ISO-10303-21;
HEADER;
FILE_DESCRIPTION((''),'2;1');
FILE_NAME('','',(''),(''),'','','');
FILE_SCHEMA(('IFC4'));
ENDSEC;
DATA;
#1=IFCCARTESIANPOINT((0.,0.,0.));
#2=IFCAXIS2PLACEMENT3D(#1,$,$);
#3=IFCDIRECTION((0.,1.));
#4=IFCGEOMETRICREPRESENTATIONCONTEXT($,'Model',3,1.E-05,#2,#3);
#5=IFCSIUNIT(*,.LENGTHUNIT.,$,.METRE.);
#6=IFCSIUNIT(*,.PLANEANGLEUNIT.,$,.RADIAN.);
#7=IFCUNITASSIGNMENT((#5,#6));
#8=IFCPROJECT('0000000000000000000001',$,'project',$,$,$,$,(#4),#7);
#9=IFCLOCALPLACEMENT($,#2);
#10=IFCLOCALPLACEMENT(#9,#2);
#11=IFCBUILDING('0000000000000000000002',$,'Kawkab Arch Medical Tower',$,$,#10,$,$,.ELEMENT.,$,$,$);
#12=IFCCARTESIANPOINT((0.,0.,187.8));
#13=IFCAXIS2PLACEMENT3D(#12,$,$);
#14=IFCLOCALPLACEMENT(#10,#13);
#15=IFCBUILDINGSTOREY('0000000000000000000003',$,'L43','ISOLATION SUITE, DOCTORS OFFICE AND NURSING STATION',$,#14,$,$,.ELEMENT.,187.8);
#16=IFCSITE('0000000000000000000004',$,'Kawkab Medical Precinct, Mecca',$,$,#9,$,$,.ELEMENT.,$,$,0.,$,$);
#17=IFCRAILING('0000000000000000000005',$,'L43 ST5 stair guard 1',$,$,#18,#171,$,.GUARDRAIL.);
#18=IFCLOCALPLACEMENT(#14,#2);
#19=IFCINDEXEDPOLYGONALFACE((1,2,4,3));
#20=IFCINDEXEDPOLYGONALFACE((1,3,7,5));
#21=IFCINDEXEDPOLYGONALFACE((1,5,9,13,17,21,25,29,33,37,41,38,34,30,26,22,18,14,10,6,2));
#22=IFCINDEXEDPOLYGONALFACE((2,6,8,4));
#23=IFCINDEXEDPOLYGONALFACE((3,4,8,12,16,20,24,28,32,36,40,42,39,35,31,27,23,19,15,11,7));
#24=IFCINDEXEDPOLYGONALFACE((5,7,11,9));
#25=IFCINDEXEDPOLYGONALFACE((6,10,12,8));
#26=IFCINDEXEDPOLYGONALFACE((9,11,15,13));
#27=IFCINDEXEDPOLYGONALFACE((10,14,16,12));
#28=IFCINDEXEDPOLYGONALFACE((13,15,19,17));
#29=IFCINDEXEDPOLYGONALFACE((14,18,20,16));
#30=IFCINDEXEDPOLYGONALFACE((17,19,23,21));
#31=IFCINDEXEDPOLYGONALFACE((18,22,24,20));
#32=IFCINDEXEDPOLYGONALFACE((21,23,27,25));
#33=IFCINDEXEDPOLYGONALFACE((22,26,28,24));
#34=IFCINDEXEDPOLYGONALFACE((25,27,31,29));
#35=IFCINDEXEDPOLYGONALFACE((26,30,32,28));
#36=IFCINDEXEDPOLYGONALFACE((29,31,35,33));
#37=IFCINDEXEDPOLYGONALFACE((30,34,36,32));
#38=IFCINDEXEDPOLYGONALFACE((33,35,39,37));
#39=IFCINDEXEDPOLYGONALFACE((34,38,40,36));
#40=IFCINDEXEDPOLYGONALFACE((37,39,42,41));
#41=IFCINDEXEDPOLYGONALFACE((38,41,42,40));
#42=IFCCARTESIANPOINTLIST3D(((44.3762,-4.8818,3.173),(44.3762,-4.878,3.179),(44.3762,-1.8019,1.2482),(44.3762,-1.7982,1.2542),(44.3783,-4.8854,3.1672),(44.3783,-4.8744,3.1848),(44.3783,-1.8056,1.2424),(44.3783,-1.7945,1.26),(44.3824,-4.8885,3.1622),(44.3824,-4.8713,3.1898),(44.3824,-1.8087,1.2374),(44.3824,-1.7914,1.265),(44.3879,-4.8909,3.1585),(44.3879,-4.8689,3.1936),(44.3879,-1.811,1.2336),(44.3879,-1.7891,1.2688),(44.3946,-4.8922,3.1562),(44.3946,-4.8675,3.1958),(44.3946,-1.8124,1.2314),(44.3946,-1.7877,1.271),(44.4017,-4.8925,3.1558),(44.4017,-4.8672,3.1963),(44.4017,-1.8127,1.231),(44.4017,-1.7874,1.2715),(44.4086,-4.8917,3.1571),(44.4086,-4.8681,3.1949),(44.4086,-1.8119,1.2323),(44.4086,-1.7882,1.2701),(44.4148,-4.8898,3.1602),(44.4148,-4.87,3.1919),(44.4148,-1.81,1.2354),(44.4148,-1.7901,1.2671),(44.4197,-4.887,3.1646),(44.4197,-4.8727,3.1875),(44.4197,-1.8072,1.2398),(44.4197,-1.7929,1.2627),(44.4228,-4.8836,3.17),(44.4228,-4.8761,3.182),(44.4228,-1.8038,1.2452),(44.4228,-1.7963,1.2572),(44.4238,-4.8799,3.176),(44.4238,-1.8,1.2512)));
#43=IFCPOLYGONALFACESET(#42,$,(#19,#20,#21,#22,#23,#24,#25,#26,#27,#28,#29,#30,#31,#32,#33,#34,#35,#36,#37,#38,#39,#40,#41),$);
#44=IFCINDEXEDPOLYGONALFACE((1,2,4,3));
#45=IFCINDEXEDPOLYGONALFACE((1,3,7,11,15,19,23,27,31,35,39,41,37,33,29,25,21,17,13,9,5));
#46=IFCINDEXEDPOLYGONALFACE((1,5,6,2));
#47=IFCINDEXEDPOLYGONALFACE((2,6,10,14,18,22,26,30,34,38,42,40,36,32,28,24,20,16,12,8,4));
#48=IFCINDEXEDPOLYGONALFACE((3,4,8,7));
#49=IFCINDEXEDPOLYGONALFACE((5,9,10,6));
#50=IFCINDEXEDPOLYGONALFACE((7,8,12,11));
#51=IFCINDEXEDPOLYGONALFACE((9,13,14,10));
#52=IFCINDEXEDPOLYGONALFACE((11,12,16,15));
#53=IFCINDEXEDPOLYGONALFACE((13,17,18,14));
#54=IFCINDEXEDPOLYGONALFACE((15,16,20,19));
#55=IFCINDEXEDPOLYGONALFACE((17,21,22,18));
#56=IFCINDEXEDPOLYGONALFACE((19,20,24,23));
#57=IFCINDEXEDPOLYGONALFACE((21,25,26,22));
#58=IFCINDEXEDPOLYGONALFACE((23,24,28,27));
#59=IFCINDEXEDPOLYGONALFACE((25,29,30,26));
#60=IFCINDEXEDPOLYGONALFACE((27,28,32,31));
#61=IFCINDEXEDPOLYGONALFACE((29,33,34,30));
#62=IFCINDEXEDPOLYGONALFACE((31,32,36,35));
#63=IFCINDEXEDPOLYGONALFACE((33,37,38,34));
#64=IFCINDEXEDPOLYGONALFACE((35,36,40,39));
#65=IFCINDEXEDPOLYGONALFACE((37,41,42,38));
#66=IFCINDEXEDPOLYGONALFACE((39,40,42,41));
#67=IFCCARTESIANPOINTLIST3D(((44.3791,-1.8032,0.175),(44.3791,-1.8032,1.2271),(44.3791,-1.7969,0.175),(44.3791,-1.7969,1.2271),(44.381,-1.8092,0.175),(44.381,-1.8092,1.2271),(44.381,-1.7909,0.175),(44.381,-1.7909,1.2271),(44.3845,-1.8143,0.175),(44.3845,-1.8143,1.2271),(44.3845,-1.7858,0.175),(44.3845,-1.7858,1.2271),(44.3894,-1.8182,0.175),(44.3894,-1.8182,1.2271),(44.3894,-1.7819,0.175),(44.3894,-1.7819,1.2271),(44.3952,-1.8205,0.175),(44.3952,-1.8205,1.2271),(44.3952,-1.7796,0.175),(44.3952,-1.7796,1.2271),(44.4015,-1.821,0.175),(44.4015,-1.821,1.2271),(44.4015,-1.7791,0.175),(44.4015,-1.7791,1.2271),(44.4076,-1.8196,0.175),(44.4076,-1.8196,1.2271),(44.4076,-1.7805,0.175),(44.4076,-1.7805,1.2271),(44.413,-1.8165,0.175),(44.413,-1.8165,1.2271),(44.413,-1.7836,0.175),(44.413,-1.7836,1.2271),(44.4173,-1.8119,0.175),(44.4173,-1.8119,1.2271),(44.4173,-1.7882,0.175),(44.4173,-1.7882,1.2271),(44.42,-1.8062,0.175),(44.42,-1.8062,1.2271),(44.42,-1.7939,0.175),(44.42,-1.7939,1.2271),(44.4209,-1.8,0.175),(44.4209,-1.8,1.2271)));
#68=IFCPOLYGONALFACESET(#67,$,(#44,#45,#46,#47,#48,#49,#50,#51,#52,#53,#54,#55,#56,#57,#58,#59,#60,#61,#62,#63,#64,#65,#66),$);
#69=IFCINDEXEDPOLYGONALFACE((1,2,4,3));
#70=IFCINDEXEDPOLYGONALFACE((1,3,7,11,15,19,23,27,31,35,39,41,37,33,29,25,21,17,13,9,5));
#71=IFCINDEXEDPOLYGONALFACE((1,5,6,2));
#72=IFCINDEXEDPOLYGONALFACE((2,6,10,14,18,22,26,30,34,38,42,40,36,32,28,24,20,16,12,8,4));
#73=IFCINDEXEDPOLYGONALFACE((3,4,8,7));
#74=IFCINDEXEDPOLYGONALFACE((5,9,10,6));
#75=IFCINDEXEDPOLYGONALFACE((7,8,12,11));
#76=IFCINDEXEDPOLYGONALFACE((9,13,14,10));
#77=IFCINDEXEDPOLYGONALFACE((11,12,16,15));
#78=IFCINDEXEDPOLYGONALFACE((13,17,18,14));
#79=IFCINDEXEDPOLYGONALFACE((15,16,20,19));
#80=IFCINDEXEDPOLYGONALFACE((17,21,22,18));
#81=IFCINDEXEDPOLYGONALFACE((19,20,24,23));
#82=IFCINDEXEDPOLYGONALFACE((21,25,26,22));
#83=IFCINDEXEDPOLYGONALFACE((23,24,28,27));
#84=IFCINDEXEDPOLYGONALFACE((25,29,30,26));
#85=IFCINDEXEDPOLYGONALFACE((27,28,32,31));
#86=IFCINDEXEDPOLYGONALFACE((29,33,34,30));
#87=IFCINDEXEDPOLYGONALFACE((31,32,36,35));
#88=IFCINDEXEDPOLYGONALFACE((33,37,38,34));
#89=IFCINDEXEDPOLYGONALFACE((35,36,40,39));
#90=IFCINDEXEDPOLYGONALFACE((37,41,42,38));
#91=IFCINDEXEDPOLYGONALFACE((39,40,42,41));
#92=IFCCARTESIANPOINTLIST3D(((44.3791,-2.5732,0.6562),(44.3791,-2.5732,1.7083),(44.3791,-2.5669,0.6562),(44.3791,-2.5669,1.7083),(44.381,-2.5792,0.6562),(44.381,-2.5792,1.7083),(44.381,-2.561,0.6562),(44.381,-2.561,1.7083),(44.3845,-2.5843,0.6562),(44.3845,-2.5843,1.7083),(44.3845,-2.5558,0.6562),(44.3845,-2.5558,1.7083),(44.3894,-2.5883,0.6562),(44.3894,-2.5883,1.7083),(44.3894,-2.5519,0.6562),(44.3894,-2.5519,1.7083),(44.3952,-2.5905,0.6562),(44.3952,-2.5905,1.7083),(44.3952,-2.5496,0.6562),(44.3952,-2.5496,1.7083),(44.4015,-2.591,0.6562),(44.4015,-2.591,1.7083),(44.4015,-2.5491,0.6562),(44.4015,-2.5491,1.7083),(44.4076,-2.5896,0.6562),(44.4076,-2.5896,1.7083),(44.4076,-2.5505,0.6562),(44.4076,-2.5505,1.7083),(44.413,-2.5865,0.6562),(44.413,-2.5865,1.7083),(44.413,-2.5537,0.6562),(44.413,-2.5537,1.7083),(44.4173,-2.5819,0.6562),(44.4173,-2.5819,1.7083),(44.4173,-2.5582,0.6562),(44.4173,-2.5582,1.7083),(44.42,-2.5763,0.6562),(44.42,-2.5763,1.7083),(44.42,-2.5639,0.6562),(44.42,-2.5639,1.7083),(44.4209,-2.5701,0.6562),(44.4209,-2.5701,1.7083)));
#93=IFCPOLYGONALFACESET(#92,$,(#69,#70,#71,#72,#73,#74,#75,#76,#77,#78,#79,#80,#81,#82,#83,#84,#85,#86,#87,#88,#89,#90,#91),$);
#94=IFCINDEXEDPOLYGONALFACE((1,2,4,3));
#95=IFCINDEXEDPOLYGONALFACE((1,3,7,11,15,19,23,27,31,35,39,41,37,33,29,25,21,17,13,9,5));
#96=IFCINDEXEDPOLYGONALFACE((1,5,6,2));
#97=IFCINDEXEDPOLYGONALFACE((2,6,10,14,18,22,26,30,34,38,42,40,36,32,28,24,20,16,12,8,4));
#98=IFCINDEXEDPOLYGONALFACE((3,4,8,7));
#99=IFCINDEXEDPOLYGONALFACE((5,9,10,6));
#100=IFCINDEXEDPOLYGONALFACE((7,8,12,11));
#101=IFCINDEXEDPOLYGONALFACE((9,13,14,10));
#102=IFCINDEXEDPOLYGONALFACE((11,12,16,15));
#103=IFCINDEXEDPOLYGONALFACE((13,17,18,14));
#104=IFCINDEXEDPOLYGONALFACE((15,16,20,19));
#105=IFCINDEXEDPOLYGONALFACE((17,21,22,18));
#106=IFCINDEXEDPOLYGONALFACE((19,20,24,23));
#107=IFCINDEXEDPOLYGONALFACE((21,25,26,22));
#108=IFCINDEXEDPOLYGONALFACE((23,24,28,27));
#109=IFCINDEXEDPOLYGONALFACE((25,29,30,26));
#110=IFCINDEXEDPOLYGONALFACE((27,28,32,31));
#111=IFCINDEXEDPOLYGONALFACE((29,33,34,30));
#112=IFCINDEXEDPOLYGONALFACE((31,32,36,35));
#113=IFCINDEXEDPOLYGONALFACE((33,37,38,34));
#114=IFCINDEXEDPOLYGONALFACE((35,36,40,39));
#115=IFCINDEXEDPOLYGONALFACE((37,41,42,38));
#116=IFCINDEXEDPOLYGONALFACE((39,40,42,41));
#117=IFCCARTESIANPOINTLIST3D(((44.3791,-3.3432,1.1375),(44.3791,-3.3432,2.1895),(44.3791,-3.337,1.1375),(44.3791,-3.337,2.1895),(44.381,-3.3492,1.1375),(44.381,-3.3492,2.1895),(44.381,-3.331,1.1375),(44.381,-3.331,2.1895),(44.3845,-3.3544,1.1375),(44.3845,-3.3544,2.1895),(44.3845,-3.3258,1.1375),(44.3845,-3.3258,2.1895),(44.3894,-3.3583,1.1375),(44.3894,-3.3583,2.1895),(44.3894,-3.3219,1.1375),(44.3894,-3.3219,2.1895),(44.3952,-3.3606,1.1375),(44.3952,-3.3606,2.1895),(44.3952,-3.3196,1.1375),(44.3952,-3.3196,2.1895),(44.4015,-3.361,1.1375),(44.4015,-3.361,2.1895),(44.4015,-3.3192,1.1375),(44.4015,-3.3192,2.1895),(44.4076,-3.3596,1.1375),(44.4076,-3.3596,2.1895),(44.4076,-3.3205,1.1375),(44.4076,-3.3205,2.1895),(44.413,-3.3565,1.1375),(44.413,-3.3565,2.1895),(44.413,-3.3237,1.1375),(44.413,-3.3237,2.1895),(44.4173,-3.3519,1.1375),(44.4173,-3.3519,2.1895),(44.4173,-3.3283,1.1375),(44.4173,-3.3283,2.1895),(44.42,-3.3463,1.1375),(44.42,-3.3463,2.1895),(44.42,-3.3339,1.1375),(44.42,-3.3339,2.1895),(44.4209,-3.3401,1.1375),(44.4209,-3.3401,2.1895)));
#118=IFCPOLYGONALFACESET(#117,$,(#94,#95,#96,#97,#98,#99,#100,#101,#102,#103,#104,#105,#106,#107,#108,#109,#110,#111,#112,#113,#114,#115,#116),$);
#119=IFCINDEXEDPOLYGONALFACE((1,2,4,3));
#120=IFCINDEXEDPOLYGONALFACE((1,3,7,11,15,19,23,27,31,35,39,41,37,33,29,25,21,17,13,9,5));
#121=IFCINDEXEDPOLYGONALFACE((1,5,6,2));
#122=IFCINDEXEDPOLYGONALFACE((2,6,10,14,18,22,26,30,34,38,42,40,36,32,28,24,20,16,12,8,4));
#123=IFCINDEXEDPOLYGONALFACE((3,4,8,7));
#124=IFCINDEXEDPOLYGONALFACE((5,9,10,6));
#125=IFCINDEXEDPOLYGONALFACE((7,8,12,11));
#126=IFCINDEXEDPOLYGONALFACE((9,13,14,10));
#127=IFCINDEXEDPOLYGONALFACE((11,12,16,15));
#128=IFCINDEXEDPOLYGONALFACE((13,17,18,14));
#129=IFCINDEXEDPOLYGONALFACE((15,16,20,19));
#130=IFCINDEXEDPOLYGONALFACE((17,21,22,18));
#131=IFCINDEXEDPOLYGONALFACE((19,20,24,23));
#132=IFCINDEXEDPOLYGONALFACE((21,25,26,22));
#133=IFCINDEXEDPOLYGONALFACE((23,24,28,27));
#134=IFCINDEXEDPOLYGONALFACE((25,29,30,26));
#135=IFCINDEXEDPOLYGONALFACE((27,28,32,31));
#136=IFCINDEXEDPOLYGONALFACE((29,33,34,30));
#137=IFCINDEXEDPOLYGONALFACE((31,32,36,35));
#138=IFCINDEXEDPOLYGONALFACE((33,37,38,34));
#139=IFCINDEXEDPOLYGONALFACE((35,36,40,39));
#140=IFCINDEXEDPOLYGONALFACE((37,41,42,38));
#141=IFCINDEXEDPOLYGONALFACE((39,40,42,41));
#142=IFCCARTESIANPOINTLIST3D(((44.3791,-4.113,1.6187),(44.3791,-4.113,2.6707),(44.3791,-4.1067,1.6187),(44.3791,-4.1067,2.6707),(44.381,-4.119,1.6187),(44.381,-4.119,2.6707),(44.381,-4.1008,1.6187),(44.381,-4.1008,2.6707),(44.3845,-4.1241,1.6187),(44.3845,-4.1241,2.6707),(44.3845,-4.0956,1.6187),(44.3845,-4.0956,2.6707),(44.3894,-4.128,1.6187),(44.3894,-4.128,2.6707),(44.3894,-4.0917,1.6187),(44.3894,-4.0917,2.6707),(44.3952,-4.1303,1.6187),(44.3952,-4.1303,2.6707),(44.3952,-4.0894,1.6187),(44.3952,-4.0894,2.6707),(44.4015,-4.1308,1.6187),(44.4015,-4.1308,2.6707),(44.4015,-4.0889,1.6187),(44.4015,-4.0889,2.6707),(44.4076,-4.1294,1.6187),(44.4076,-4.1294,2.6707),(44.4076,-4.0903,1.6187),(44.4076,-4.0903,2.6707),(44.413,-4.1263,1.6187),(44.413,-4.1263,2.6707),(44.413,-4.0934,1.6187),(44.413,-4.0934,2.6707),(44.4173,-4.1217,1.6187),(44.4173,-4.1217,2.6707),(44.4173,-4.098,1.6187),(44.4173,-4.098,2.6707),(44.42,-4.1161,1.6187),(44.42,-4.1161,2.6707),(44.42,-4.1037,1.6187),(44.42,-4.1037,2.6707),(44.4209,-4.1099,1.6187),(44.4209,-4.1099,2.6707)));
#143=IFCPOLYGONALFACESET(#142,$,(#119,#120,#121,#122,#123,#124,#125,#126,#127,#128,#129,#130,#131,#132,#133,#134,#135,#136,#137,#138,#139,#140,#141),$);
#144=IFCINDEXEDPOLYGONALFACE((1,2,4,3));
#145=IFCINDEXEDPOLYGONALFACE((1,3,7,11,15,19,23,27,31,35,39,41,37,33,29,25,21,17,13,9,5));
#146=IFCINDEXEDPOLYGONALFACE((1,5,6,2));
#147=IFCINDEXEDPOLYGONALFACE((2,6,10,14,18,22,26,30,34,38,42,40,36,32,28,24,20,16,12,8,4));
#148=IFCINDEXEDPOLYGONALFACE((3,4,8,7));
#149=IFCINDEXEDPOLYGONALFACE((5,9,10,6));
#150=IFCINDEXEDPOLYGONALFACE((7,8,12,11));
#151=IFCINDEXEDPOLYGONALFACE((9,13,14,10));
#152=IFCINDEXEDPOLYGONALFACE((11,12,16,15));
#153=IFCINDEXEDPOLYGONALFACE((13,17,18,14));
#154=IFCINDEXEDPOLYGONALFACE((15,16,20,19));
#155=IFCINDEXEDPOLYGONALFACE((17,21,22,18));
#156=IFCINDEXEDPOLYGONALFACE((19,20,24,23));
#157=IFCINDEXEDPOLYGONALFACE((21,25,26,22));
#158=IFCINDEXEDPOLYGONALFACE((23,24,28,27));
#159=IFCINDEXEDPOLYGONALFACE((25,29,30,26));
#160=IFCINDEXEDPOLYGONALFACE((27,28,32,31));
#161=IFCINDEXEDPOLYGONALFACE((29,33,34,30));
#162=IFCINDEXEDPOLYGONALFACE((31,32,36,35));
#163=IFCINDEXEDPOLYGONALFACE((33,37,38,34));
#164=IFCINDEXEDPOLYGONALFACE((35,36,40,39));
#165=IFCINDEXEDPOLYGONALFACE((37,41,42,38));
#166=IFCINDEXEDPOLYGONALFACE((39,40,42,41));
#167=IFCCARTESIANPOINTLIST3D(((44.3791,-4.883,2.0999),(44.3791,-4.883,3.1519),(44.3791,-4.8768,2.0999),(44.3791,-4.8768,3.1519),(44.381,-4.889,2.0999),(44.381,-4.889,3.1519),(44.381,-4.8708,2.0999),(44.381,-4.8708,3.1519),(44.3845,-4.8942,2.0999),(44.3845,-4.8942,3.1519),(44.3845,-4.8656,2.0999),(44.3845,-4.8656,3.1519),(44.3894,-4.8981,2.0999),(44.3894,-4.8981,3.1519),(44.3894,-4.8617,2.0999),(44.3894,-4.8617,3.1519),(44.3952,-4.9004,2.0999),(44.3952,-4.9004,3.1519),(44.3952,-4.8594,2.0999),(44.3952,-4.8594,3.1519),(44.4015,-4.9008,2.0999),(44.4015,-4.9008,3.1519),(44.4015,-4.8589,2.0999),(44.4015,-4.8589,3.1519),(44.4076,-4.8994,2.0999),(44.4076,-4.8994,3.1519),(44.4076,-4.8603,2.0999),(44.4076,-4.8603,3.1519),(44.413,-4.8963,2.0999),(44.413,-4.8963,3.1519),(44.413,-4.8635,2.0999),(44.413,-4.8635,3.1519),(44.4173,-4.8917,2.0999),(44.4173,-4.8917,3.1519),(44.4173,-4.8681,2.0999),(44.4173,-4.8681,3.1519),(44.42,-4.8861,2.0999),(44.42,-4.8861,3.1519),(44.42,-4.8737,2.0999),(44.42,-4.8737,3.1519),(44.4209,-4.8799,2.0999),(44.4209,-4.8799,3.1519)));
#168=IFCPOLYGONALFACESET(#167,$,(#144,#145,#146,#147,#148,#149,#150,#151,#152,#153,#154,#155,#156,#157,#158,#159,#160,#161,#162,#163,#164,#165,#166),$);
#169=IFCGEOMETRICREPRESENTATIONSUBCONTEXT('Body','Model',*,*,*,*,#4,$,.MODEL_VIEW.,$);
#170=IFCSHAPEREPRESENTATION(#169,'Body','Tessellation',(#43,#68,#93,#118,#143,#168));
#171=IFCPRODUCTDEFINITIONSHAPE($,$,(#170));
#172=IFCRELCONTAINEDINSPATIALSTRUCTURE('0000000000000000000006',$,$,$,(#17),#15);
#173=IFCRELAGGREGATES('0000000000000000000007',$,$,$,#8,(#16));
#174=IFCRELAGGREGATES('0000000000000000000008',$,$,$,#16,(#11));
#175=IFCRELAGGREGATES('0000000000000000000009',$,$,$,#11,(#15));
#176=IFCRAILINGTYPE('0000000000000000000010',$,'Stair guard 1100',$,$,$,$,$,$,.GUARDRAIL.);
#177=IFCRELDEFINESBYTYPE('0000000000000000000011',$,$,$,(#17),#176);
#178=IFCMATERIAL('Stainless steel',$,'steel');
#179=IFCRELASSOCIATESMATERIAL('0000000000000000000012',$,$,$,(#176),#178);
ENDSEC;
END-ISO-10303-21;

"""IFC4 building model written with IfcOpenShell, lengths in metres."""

from ifc_helpers import new_model, si_unit, direction, frame, origin, origin_2d, place, context, subcontext, project, spatial, circle, extrude, material, type_object, element, save


model = new_model("IFC4")

# Units and contexts
model_context = context("Model", 3, precision=1e-05, world=origin(), true_north=direction((0.0, 1.0)))
body_context = subcontext(model_context, "Body", "Model", "MODEL_VIEW")
ifc_project = project(units=[si_unit("LENGTHUNIT", "METRE"), si_unit("PLANEANGLEUNIT", "RADIAN")], contexts=[model_context])

# Site, building, storey
site_placement = place(None, origin())
site = spatial("IfcSite", under=ifc_project, at=site_placement, Name="Kawkab Medical Precinct, Mecca", CompositionType="ELEMENT", RefElevation=0.0)
building_placement = place(site_placement, origin())
building = spatial("IfcBuilding", under=site, at=building_placement, Name="Kawkab Arch Medical Tower", CompositionType="ELEMENT")
storey_placement = place(building_placement, frame((0.0, 0.0, 187.8)))
storey = spatial("IfcBuildingStorey", under=building, at=storey_placement, Name="L43", Description="ISOLATION SUITE, DOCTORS OFFICE AND NURSING STATION", CompositionType="ELEMENT", Elevation=187.8)

# Railing
ifc_material_1 = material(Name="Stainless steel", Category="steel")
railing_type = type_object("IfcRailingType", Name="Stair guard 1100", PredefinedType="GUARDRAIL", material=ifc_material_1)
railing_placement = place(storey_placement, frame((44.3999, -1.8, 0.175)))
element("IfcRailing", 1, at=railing_placement, inside=storey, type_object=railing_type, Name="L43 ST5 stair guard 1", PredefinedType="GUARDRAIL", context=body_context, shape_type="SweptSolid", body=[
    extrude(circle(Radius=0.0239, at=origin_2d()), frame((0.0, 0.0, 1.0762), z_axis=(0.0, -0.84801, 0.529981), x_axis=(1.0, 0.0, 0.0)), (0.0, 0.0, 1.0), 3.6318),
    extrude(circle(Radius=0.021, at=origin_2d()), origin(), (0.0, 0.0, 1.0), 1.052),
    extrude(circle(Radius=0.021, at=origin_2d()), frame((0.0, -0.77, 0.4812)), (0.0, 0.0, 1.0), 1.052),
    extrude(circle(Radius=0.021, at=origin_2d()), frame((0.0, -1.54, 0.9624)), (0.0, 0.0, 1.0), 1.052),
    extrude(circle(Radius=0.021, at=origin_2d()), frame((0.0, -2.3098, 1.4436)), (0.0, 0.0, 1.0), 1.052),
    extrude(circle(Radius=0.021, at=origin_2d()), frame((0.0, -3.0798, 1.9248)), (0.0, 0.0, 1.0), 1.052),
])

save(model, "model.ifc")
